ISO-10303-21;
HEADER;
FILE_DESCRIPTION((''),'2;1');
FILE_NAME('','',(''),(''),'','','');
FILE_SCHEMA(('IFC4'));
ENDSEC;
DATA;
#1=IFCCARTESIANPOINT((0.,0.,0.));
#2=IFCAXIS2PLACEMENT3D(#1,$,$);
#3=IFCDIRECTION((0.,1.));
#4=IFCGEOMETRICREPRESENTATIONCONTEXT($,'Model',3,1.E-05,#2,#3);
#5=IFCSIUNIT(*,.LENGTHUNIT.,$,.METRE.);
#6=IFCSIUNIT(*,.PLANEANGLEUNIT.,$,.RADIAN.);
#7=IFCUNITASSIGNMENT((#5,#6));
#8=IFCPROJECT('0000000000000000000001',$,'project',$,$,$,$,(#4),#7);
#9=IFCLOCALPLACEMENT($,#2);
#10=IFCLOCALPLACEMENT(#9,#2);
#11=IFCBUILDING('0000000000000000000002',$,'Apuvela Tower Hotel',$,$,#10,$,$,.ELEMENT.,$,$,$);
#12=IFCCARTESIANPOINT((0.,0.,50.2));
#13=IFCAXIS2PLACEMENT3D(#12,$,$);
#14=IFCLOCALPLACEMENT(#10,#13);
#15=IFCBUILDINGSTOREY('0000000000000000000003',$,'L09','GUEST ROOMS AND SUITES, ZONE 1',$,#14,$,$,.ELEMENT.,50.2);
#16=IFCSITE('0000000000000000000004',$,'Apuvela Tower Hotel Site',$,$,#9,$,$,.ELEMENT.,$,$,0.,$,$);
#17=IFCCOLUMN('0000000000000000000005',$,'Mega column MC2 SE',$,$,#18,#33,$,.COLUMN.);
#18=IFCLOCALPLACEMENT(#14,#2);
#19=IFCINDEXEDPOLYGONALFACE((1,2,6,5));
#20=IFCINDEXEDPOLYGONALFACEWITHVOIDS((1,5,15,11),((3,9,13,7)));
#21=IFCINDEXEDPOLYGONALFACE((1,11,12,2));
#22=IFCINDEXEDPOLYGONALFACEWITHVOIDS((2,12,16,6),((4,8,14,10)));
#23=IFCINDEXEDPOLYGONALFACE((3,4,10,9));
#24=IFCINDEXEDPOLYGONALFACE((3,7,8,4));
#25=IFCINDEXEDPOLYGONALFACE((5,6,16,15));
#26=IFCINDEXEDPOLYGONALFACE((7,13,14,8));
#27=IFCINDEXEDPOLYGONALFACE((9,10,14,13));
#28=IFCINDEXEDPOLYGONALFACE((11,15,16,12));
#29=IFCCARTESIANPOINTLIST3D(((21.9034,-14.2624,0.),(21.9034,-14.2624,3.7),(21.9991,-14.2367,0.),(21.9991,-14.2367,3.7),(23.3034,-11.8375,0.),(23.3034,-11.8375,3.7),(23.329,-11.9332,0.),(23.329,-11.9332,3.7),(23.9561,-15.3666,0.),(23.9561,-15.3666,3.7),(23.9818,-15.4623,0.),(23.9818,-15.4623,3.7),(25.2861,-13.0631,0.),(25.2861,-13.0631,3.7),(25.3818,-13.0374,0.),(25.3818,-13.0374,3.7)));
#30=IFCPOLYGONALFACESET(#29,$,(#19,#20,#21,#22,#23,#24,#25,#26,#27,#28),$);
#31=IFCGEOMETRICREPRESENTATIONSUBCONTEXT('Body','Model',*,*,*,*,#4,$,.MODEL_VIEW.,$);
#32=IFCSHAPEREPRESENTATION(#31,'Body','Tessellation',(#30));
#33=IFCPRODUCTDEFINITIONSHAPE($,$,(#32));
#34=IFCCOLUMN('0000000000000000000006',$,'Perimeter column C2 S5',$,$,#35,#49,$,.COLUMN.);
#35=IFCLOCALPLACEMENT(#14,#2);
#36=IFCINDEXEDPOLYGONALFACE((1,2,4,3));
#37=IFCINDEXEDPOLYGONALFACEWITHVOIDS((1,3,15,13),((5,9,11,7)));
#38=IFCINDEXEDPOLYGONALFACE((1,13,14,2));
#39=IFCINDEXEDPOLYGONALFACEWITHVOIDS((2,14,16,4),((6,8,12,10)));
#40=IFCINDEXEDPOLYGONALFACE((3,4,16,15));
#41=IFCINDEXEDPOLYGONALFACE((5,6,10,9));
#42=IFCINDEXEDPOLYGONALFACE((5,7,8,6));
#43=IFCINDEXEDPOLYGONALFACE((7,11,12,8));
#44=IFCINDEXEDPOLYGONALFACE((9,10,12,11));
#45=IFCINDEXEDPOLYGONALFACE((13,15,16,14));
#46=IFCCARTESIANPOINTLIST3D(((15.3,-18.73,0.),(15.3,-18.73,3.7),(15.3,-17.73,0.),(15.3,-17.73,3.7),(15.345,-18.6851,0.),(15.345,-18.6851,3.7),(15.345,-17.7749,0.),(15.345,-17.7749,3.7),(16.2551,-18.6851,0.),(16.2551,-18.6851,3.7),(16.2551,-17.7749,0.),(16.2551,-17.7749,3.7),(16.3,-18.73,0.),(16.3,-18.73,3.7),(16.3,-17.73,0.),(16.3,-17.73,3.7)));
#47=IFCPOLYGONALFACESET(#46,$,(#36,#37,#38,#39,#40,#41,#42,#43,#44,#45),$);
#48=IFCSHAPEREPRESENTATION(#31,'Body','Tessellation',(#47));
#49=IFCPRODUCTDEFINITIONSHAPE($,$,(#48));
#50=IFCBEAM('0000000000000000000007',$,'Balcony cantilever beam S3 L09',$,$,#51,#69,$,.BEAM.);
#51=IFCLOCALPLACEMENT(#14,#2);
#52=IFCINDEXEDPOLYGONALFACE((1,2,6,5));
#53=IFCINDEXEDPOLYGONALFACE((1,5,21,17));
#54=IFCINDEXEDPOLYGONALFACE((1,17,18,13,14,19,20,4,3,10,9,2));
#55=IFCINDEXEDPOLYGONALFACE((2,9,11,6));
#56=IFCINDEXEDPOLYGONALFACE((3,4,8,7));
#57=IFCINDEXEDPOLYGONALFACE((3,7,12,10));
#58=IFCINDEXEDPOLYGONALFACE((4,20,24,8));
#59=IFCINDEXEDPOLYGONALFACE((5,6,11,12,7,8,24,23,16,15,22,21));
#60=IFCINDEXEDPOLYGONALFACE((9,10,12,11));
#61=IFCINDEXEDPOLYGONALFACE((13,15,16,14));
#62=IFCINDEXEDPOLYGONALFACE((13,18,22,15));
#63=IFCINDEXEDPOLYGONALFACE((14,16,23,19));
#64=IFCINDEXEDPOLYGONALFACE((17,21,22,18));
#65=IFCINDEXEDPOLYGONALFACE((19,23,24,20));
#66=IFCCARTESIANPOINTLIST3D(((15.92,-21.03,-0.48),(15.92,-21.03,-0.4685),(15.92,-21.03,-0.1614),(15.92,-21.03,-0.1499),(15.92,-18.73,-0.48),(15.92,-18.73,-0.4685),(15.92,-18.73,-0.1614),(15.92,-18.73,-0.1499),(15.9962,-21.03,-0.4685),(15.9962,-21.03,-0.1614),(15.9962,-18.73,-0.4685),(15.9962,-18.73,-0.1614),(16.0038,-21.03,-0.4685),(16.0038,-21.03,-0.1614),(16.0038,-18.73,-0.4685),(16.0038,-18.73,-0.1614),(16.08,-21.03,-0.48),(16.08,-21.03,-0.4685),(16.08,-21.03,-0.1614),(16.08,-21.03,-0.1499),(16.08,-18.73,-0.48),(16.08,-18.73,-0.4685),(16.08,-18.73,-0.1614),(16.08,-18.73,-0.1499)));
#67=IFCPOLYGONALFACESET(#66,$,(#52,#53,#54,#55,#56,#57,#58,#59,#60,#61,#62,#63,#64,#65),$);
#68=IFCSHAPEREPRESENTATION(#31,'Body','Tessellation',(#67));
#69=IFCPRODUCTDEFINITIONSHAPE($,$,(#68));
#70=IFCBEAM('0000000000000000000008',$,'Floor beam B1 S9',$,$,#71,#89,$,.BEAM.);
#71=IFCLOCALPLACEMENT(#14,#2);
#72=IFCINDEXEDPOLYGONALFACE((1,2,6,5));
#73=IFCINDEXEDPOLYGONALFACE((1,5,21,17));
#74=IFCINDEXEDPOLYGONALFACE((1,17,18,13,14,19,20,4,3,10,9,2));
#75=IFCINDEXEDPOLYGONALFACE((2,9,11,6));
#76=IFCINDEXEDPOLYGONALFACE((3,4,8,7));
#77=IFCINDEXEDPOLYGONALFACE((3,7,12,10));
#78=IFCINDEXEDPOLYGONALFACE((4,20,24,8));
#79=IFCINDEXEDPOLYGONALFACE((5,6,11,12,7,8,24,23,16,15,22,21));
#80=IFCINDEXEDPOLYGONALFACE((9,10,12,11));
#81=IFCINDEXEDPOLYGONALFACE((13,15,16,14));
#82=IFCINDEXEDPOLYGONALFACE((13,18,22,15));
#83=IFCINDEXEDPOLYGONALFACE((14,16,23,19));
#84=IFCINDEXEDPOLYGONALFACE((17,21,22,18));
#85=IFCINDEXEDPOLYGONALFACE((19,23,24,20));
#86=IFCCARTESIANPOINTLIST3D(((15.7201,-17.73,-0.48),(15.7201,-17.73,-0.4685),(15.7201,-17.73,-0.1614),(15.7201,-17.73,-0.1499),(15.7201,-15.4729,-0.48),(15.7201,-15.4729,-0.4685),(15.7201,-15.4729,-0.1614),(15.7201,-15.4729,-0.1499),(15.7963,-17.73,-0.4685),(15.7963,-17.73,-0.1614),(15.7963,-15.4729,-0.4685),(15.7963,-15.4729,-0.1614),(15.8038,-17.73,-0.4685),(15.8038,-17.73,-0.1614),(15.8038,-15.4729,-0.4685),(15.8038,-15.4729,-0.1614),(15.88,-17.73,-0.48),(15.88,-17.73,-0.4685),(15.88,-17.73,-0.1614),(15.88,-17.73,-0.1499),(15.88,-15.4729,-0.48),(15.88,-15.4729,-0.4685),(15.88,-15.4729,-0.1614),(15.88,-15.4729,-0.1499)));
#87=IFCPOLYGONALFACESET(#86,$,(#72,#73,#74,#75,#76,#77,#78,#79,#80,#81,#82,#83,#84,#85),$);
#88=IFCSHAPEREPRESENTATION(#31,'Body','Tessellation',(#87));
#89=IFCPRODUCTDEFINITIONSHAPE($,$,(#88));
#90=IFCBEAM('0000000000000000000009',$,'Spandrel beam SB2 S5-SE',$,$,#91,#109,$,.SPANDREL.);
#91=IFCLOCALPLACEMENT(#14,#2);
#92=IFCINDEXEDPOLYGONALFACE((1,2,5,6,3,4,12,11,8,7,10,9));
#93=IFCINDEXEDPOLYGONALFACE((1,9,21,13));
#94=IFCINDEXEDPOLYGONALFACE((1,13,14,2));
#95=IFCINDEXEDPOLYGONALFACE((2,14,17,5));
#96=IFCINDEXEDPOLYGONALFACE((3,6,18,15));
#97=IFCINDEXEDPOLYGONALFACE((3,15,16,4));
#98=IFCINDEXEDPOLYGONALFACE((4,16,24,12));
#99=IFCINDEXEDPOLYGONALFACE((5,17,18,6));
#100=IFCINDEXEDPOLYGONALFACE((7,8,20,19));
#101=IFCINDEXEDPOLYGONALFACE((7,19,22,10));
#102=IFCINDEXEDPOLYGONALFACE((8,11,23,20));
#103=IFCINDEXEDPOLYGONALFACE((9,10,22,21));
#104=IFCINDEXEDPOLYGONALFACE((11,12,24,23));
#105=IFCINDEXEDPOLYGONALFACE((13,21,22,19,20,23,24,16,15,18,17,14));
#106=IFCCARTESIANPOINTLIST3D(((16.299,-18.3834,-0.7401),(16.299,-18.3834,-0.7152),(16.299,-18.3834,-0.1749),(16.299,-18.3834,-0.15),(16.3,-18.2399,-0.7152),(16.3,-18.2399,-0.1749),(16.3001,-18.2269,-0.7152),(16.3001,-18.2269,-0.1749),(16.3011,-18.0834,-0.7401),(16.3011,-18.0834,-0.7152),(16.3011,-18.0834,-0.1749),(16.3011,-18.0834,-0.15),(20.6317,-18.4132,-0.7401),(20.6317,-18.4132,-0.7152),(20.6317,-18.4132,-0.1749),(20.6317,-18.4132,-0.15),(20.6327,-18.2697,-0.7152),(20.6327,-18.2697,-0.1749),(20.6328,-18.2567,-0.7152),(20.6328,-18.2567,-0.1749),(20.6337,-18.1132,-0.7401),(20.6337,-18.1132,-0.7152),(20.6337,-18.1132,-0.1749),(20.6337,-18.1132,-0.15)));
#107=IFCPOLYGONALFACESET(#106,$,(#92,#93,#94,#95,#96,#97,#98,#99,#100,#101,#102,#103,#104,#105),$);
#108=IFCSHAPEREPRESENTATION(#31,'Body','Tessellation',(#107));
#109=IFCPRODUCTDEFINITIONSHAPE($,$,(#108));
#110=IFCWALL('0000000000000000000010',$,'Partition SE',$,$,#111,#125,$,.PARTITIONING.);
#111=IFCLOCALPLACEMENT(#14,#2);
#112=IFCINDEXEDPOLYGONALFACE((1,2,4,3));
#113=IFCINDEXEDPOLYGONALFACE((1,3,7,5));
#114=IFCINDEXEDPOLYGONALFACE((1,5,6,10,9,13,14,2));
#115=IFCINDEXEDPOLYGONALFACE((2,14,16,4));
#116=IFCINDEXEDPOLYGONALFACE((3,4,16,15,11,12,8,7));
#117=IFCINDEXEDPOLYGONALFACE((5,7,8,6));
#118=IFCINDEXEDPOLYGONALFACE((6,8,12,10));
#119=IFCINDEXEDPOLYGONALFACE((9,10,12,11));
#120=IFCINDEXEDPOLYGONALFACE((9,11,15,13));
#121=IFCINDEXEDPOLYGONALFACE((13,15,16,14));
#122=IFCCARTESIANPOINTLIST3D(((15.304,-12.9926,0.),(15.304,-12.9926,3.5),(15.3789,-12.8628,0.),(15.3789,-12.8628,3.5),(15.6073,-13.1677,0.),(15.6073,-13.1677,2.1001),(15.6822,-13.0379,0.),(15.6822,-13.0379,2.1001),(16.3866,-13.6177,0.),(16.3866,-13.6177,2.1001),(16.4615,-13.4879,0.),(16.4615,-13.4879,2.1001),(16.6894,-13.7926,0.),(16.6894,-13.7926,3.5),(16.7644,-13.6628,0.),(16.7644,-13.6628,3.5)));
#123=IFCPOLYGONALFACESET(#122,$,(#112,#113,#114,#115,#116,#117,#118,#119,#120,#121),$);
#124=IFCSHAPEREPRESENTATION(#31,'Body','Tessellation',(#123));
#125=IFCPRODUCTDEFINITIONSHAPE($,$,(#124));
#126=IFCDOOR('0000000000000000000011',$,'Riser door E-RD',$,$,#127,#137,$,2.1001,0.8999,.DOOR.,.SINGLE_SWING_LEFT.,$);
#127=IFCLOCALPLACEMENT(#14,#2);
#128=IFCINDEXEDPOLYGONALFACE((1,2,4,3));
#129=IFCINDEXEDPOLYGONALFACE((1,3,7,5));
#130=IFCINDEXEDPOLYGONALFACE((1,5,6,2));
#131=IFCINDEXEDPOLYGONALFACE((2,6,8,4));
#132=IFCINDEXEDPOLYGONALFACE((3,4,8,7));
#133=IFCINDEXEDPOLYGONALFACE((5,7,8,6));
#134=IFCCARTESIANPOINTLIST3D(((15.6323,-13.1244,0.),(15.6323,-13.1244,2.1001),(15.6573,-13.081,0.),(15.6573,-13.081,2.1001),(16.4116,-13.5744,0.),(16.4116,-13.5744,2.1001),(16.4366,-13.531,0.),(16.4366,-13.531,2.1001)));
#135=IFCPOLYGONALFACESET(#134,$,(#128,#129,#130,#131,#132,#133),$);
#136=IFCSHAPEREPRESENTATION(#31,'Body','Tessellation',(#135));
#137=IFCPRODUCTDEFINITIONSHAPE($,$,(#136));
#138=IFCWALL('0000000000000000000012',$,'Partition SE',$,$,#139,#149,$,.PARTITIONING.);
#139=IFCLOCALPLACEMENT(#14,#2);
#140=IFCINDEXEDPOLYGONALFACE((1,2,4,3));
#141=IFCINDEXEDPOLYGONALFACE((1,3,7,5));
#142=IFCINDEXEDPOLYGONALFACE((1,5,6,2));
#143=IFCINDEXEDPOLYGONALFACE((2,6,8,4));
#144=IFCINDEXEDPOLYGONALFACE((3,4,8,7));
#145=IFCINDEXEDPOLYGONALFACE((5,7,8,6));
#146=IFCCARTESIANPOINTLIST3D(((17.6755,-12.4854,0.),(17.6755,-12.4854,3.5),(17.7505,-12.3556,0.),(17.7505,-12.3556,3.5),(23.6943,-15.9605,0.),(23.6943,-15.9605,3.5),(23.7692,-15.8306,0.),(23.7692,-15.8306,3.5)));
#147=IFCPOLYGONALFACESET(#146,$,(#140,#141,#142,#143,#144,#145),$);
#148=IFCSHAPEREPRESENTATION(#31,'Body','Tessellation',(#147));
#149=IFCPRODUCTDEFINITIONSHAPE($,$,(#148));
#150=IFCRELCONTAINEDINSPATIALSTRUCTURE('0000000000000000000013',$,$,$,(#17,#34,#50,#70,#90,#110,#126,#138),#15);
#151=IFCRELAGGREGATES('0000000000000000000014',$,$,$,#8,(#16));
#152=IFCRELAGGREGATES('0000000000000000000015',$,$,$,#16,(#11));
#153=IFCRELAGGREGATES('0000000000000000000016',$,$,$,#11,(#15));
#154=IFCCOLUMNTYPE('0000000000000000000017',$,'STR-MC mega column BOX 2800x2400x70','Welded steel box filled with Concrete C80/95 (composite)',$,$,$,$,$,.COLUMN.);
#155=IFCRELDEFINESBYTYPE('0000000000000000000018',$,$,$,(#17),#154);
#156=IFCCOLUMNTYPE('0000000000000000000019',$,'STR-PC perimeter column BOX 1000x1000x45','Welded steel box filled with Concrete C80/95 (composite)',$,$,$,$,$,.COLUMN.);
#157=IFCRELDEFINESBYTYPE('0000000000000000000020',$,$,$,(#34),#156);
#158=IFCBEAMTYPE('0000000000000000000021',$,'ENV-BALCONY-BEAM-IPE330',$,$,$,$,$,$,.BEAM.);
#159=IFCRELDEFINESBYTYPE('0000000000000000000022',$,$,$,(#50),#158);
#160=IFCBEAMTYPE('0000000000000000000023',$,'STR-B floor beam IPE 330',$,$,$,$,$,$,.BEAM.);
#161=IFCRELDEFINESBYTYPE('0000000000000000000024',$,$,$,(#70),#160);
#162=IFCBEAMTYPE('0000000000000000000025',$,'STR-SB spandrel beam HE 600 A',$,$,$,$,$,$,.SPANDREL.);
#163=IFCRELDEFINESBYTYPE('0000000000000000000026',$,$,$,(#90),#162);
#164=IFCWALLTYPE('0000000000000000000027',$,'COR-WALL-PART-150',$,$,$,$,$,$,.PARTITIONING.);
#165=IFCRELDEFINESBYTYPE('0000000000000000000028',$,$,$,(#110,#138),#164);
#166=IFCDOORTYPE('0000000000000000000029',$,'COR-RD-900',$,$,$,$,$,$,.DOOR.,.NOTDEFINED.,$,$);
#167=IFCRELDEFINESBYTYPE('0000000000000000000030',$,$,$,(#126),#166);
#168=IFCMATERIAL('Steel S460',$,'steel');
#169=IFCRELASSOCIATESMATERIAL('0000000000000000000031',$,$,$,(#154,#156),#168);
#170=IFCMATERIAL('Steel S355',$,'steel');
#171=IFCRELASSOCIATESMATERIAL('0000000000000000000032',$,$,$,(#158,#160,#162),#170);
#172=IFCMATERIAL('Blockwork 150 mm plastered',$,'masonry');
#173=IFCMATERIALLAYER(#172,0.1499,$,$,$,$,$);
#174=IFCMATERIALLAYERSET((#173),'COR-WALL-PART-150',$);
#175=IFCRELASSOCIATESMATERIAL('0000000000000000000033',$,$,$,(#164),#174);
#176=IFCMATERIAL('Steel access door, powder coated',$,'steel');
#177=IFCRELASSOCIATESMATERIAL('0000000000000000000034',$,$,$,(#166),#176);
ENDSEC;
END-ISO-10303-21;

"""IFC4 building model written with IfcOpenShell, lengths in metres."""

from ifc_helpers import new_model, si_unit, direction, frame, frame_2d, origin, origin_2d, place, context, subcontext, project, spatial, rectangle, hollow_rectangle, i_section, extrude, material, layer, layer_set, material_profile, profile_set, type_object, element, fill, save


model = new_model("IFC4")

# Units and contexts
model_context = context("Model", 3, precision=1e-05, world=origin(), true_north=direction((0.0, 1.0)))
body_context = subcontext(model_context, "Body", "Model", "MODEL_VIEW")
ifc_project = project(units=[si_unit("LENGTHUNIT", "METRE"), si_unit("PLANEANGLEUNIT", "RADIAN")], contexts=[model_context])

# Site, building, storey
site_placement = place(None, origin())
site = spatial("IfcSite", under=ifc_project, at=site_placement, Name="Apuvela Tower Hotel Site", CompositionType="ELEMENT", RefElevation=0.0)
building_placement = place(site_placement, origin())
building = spatial("IfcBuilding", under=site, at=building_placement, Name="Apuvela Tower Hotel", CompositionType="ELEMENT")
storey_placement = place(building_placement, frame((0.0, 0.0, 50.2)))
storey = spatial("IfcBuildingStorey", under=building, at=storey_placement, Name="L09", Description="GUEST ROOMS AND SUITES, ZONE 1", CompositionType="ELEMENT", Elevation=50.2)

# Columns
ifc_material_1 = material(Name="Steel S460", Category="steel")
ifc_material_profile_1 = material_profile(ifc_material_1, hollow_rectangle(XDim=2.8, YDim=2.3999, WallThickness=0.0701, at=origin_2d()), Name="BOX 2800x2400x70")
ifc_material_2 = material(Name="Concrete C80/95", Category="concrete")
ifc_material_profile_2 = material_profile(ifc_material_2, rectangle(XDim=2.6599, YDim=2.26, at=origin_2d()), Name="Concrete C80/95 infill")
ifc_profile_set_1 = profile_set([ifc_material_profile_1, ifc_material_profile_2], Name="Steel S460")
column_type_1 = type_object("IfcColumnType", Name="STR-MC mega column BOX 2800x2400x70", Description="Welded steel box filled with Concrete C80/95 (composite)", PredefinedType="COLUMN", material=ifc_profile_set_1)
column_1_placement = place(storey_placement, frame((23.6426, -13.6499, 0.0), z_axis=(0.0, 0.0, 1.0), x_axis=(0.5, 0.866025, 0.0)))
element("IfcColumn", 1, at=column_1_placement, inside=storey, type_object=column_type_1, Name="Mega column MC2 SE", PredefinedType="COLUMN", context=body_context, shape_type="SweptSolid", body=[
    extrude(hollow_rectangle(XDim=2.8, YDim=2.3999, WallThickness=0.0701, at=origin_2d()), origin(), (0.0, 0.0, 1.0), 3.7),
])
ifc_material_profile_3 = material_profile(ifc_material_1, hollow_rectangle(XDim=1.0, YDim=1.0, WallThickness=0.0449, at=origin_2d()), Name="BOX 1000x1000x45")
ifc_material_profile_4 = material_profile(ifc_material_2, rectangle(XDim=0.9099, YDim=0.9099, at=origin_2d()), Name="Concrete C80/95 infill")
ifc_profile_set_2 = profile_set([ifc_material_profile_3, ifc_material_profile_4], Name="Steel S460")
column_type_2 = type_object("IfcColumnType", Name="STR-PC perimeter column BOX 1000x1000x45", Description="Welded steel box filled with Concrete C80/95 (composite)", PredefinedType="COLUMN", material=ifc_profile_set_2)
column_2_placement = place(storey_placement, frame((15.8, -18.23, 0.0), z_axis=(0.0, 0.0, 1.0), x_axis=(-1.0, 0.0, 0.0)))
element("IfcColumn", 2, at=column_2_placement, inside=storey, type_object=column_type_2, Name="Perimeter column C2 S5", PredefinedType="COLUMN", context=body_context, shape_type="SweptSolid", body=[
    extrude(hollow_rectangle(XDim=1.0, YDim=1.0, WallThickness=0.0449, at=origin_2d()), origin(), (0.0, 0.0, 1.0), 3.7),
])

# Beams
ifc_material_3 = material(Name="Steel S355", Category="steel")
ifc_material_profile_5 = material_profile(ifc_material_3, i_section(OverallWidth=0.1599, OverallDepth=0.3301, WebThickness=0.0076, FlangeThickness=0.0115, at=origin_2d()), Name="IPE 330")
ifc_profile_set_3 = profile_set([ifc_material_profile_5], Name="Steel S355")
beam_type_1 = type_object("IfcBeamType", Name="ENV-BALCONY-BEAM-IPE330", PredefinedType="BEAM", material=ifc_profile_set_3)
beam_1_placement = place(storey_placement, frame((16.0, -18.73, -0.3149), z_axis=(0.0, -1.0, 0.0), x_axis=(1.0, 0.0, 0.0)))
element("IfcBeam", 3, at=beam_1_placement, inside=storey, type_object=beam_type_1, Name="Balcony cantilever beam S3 L09", PredefinedType="BEAM", context=body_context, shape_type="SweptSolid", body=[
    extrude(i_section(OverallWidth=0.1599, OverallDepth=0.3301, WebThickness=0.0076, FlangeThickness=0.0115, at=origin_2d()), origin(), (0.0, 0.0, 1.0), 2.3),
])
ifc_material_profile_6 = material_profile(ifc_material_3, i_section(OverallWidth=0.1599, OverallDepth=0.3301, WebThickness=0.0076, FlangeThickness=0.0115, at=origin_2d()), Name="IPE 330")
ifc_profile_set_4 = profile_set([ifc_material_profile_6], Name="Steel S355")
beam_type_2 = type_object("IfcBeamType", Name="STR-B floor beam IPE 330", PredefinedType="BEAM", material=ifc_profile_set_4)
beam_2_placement = place(storey_placement, frame((15.8, -17.73, -0.3149), z_axis=(0.0, 1.0, 0.0), x_axis=(-1.0, 0.0, 0.0)))
element("IfcBeam", 4, at=beam_2_placement, inside=storey, type_object=beam_type_2, Name="Floor beam B1 S9", PredefinedType="BEAM", context=body_context, shape_type="SweptSolid", body=[
    extrude(i_section(OverallWidth=0.1599, OverallDepth=0.3301, WebThickness=0.0076, FlangeThickness=0.0115, at=origin_2d()), origin(), (0.0, 0.0, 1.0), 2.2571),
])
ifc_material_profile_7 = material_profile(ifc_material_3, i_section(OverallWidth=0.3, OverallDepth=0.5901, WebThickness=0.0129, FlangeThickness=0.0249, at=origin_2d()), Name="HE 600 A")
ifc_profile_set_5 = profile_set([ifc_material_profile_7], Name="Steel S355")
beam_type_3 = type_object("IfcBeamType", Name="STR-SB spandrel beam HE 600 A", PredefinedType="SPANDREL", material=ifc_profile_set_5)
beam_3_placement = place(storey_placement, frame((16.3, -18.2334, -0.4451), z_axis=(0.999976, -0.006874, 0.0), x_axis=(0.006874, 0.999976, 0.0)))
element("IfcBeam", 5, at=beam_3_placement, inside=storey, type_object=beam_type_3, Name="Spandrel beam SB2 S5-SE", PredefinedType="SPANDREL", context=body_context, shape_type="SweptSolid", body=[
    extrude(i_section(OverallWidth=0.3, OverallDepth=0.5901, WebThickness=0.0129, FlangeThickness=0.0249, at=origin_2d()), origin(), (0.0, 0.0, 1.0), 4.3328),
])

# Wall, opening, door
ifc_material_4 = material(Name="Blockwork 150 mm plastered", Category="masonry")
ifc_layer_1 = layer(ifc_material_4, 0.1499)
ifc_layer_set_1 = layer_set([ifc_layer_1], Name="COR-WALL-PART-150")
wall_type_1 = type_object("IfcWallType", Name="COR-WALL-PART-150", PredefinedType="PARTITIONING", material=ifc_layer_set_1)
wall_1_placement = place(storey_placement, frame((15.3416, -12.9277, 0.0), z_axis=(0.0, 0.0, 1.0), x_axis=(0.86599, -0.500061, 0.0)))
wall_1 = element("IfcWall", 6, at=wall_1_placement, inside=storey, type_object=wall_type_1, Name="Partition SE", PredefinedType="PARTITIONING", context=body_context, shape_type="SweptSolid", body=[
    extrude(rectangle(XDim=1.5999, YDim=0.1499, at=frame_2d((0.7998, 0.0))), origin(), (0.0, 0.0, 1.0), 3.5),
])
opening_1_placement = place(wall_1_placement, frame((0.3501, 0.0, 0.0)))
opening_1 = element("IfcOpeningElement", 7, at=opening_1_placement, cuts=wall_1, PredefinedType="OPENING", context=body_context, shape_type="SweptSolid", body=[
    extrude(rectangle(XDim=0.8999, YDim=2.1001, at=frame_2d((0.45, 1.05))), frame((0.0, 0.085, 0.0), z_axis=(0.0, -1.0, 0.0), x_axis=(1.0, 0.0, 0.0)), (0.0, 0.0, 1.0), 0.1699),
])
ifc_material_5 = material(Name="Steel access door, powder coated", Category="steel")
door_type_1 = type_object("IfcDoorType", Name="COR-RD-900", OperationType="NOTDEFINED", PredefinedType="DOOR", material=ifc_material_5)
door_1_placement = place(opening_1_placement, frame((0.8999, 0.0, 0.0), z_axis=(0.0, 0.0, 1.0), x_axis=(-1.0, 0.0, 0.0)))
door_1 = element("IfcDoor", 8, at=door_1_placement, inside=storey, type_object=door_type_1, Name="Riser door E-RD", OperationType="SINGLE_SWING_LEFT", OverallHeight=2.1001, OverallWidth=0.8999, PredefinedType="DOOR", context=body_context, shape_type="SweptSolid", body=[
    extrude(rectangle(XDim=0.8999, YDim=2.1001, at=frame_2d((0.45, 1.05))), frame((0.0, 0.0249, 0.0), z_axis=(0.0, -1.0, 0.0), x_axis=(1.0, 0.0, 0.0)), (0.0, 0.0, 1.0), 0.05),
])
fill(opening_1, door_1)

# Wall
wall_2_placement = place(storey_placement, frame((17.7129, -12.4204, 0.0), z_axis=(0.0, 0.0, 1.0), x_axis=(0.866017, -0.500015, 0.0)))
element("IfcWall", 9, at=wall_2_placement, inside=storey, type_object=wall_type_1, Name="Partition SE", PredefinedType="PARTITIONING", context=body_context, shape_type="SweptSolid", body=[
    extrude(rectangle(XDim=6.95, YDim=0.1499, at=frame_2d((3.4751, 0.0))), origin(), (0.0, 0.0, 1.0), 3.5),
])

save(model, "model.ifc")
